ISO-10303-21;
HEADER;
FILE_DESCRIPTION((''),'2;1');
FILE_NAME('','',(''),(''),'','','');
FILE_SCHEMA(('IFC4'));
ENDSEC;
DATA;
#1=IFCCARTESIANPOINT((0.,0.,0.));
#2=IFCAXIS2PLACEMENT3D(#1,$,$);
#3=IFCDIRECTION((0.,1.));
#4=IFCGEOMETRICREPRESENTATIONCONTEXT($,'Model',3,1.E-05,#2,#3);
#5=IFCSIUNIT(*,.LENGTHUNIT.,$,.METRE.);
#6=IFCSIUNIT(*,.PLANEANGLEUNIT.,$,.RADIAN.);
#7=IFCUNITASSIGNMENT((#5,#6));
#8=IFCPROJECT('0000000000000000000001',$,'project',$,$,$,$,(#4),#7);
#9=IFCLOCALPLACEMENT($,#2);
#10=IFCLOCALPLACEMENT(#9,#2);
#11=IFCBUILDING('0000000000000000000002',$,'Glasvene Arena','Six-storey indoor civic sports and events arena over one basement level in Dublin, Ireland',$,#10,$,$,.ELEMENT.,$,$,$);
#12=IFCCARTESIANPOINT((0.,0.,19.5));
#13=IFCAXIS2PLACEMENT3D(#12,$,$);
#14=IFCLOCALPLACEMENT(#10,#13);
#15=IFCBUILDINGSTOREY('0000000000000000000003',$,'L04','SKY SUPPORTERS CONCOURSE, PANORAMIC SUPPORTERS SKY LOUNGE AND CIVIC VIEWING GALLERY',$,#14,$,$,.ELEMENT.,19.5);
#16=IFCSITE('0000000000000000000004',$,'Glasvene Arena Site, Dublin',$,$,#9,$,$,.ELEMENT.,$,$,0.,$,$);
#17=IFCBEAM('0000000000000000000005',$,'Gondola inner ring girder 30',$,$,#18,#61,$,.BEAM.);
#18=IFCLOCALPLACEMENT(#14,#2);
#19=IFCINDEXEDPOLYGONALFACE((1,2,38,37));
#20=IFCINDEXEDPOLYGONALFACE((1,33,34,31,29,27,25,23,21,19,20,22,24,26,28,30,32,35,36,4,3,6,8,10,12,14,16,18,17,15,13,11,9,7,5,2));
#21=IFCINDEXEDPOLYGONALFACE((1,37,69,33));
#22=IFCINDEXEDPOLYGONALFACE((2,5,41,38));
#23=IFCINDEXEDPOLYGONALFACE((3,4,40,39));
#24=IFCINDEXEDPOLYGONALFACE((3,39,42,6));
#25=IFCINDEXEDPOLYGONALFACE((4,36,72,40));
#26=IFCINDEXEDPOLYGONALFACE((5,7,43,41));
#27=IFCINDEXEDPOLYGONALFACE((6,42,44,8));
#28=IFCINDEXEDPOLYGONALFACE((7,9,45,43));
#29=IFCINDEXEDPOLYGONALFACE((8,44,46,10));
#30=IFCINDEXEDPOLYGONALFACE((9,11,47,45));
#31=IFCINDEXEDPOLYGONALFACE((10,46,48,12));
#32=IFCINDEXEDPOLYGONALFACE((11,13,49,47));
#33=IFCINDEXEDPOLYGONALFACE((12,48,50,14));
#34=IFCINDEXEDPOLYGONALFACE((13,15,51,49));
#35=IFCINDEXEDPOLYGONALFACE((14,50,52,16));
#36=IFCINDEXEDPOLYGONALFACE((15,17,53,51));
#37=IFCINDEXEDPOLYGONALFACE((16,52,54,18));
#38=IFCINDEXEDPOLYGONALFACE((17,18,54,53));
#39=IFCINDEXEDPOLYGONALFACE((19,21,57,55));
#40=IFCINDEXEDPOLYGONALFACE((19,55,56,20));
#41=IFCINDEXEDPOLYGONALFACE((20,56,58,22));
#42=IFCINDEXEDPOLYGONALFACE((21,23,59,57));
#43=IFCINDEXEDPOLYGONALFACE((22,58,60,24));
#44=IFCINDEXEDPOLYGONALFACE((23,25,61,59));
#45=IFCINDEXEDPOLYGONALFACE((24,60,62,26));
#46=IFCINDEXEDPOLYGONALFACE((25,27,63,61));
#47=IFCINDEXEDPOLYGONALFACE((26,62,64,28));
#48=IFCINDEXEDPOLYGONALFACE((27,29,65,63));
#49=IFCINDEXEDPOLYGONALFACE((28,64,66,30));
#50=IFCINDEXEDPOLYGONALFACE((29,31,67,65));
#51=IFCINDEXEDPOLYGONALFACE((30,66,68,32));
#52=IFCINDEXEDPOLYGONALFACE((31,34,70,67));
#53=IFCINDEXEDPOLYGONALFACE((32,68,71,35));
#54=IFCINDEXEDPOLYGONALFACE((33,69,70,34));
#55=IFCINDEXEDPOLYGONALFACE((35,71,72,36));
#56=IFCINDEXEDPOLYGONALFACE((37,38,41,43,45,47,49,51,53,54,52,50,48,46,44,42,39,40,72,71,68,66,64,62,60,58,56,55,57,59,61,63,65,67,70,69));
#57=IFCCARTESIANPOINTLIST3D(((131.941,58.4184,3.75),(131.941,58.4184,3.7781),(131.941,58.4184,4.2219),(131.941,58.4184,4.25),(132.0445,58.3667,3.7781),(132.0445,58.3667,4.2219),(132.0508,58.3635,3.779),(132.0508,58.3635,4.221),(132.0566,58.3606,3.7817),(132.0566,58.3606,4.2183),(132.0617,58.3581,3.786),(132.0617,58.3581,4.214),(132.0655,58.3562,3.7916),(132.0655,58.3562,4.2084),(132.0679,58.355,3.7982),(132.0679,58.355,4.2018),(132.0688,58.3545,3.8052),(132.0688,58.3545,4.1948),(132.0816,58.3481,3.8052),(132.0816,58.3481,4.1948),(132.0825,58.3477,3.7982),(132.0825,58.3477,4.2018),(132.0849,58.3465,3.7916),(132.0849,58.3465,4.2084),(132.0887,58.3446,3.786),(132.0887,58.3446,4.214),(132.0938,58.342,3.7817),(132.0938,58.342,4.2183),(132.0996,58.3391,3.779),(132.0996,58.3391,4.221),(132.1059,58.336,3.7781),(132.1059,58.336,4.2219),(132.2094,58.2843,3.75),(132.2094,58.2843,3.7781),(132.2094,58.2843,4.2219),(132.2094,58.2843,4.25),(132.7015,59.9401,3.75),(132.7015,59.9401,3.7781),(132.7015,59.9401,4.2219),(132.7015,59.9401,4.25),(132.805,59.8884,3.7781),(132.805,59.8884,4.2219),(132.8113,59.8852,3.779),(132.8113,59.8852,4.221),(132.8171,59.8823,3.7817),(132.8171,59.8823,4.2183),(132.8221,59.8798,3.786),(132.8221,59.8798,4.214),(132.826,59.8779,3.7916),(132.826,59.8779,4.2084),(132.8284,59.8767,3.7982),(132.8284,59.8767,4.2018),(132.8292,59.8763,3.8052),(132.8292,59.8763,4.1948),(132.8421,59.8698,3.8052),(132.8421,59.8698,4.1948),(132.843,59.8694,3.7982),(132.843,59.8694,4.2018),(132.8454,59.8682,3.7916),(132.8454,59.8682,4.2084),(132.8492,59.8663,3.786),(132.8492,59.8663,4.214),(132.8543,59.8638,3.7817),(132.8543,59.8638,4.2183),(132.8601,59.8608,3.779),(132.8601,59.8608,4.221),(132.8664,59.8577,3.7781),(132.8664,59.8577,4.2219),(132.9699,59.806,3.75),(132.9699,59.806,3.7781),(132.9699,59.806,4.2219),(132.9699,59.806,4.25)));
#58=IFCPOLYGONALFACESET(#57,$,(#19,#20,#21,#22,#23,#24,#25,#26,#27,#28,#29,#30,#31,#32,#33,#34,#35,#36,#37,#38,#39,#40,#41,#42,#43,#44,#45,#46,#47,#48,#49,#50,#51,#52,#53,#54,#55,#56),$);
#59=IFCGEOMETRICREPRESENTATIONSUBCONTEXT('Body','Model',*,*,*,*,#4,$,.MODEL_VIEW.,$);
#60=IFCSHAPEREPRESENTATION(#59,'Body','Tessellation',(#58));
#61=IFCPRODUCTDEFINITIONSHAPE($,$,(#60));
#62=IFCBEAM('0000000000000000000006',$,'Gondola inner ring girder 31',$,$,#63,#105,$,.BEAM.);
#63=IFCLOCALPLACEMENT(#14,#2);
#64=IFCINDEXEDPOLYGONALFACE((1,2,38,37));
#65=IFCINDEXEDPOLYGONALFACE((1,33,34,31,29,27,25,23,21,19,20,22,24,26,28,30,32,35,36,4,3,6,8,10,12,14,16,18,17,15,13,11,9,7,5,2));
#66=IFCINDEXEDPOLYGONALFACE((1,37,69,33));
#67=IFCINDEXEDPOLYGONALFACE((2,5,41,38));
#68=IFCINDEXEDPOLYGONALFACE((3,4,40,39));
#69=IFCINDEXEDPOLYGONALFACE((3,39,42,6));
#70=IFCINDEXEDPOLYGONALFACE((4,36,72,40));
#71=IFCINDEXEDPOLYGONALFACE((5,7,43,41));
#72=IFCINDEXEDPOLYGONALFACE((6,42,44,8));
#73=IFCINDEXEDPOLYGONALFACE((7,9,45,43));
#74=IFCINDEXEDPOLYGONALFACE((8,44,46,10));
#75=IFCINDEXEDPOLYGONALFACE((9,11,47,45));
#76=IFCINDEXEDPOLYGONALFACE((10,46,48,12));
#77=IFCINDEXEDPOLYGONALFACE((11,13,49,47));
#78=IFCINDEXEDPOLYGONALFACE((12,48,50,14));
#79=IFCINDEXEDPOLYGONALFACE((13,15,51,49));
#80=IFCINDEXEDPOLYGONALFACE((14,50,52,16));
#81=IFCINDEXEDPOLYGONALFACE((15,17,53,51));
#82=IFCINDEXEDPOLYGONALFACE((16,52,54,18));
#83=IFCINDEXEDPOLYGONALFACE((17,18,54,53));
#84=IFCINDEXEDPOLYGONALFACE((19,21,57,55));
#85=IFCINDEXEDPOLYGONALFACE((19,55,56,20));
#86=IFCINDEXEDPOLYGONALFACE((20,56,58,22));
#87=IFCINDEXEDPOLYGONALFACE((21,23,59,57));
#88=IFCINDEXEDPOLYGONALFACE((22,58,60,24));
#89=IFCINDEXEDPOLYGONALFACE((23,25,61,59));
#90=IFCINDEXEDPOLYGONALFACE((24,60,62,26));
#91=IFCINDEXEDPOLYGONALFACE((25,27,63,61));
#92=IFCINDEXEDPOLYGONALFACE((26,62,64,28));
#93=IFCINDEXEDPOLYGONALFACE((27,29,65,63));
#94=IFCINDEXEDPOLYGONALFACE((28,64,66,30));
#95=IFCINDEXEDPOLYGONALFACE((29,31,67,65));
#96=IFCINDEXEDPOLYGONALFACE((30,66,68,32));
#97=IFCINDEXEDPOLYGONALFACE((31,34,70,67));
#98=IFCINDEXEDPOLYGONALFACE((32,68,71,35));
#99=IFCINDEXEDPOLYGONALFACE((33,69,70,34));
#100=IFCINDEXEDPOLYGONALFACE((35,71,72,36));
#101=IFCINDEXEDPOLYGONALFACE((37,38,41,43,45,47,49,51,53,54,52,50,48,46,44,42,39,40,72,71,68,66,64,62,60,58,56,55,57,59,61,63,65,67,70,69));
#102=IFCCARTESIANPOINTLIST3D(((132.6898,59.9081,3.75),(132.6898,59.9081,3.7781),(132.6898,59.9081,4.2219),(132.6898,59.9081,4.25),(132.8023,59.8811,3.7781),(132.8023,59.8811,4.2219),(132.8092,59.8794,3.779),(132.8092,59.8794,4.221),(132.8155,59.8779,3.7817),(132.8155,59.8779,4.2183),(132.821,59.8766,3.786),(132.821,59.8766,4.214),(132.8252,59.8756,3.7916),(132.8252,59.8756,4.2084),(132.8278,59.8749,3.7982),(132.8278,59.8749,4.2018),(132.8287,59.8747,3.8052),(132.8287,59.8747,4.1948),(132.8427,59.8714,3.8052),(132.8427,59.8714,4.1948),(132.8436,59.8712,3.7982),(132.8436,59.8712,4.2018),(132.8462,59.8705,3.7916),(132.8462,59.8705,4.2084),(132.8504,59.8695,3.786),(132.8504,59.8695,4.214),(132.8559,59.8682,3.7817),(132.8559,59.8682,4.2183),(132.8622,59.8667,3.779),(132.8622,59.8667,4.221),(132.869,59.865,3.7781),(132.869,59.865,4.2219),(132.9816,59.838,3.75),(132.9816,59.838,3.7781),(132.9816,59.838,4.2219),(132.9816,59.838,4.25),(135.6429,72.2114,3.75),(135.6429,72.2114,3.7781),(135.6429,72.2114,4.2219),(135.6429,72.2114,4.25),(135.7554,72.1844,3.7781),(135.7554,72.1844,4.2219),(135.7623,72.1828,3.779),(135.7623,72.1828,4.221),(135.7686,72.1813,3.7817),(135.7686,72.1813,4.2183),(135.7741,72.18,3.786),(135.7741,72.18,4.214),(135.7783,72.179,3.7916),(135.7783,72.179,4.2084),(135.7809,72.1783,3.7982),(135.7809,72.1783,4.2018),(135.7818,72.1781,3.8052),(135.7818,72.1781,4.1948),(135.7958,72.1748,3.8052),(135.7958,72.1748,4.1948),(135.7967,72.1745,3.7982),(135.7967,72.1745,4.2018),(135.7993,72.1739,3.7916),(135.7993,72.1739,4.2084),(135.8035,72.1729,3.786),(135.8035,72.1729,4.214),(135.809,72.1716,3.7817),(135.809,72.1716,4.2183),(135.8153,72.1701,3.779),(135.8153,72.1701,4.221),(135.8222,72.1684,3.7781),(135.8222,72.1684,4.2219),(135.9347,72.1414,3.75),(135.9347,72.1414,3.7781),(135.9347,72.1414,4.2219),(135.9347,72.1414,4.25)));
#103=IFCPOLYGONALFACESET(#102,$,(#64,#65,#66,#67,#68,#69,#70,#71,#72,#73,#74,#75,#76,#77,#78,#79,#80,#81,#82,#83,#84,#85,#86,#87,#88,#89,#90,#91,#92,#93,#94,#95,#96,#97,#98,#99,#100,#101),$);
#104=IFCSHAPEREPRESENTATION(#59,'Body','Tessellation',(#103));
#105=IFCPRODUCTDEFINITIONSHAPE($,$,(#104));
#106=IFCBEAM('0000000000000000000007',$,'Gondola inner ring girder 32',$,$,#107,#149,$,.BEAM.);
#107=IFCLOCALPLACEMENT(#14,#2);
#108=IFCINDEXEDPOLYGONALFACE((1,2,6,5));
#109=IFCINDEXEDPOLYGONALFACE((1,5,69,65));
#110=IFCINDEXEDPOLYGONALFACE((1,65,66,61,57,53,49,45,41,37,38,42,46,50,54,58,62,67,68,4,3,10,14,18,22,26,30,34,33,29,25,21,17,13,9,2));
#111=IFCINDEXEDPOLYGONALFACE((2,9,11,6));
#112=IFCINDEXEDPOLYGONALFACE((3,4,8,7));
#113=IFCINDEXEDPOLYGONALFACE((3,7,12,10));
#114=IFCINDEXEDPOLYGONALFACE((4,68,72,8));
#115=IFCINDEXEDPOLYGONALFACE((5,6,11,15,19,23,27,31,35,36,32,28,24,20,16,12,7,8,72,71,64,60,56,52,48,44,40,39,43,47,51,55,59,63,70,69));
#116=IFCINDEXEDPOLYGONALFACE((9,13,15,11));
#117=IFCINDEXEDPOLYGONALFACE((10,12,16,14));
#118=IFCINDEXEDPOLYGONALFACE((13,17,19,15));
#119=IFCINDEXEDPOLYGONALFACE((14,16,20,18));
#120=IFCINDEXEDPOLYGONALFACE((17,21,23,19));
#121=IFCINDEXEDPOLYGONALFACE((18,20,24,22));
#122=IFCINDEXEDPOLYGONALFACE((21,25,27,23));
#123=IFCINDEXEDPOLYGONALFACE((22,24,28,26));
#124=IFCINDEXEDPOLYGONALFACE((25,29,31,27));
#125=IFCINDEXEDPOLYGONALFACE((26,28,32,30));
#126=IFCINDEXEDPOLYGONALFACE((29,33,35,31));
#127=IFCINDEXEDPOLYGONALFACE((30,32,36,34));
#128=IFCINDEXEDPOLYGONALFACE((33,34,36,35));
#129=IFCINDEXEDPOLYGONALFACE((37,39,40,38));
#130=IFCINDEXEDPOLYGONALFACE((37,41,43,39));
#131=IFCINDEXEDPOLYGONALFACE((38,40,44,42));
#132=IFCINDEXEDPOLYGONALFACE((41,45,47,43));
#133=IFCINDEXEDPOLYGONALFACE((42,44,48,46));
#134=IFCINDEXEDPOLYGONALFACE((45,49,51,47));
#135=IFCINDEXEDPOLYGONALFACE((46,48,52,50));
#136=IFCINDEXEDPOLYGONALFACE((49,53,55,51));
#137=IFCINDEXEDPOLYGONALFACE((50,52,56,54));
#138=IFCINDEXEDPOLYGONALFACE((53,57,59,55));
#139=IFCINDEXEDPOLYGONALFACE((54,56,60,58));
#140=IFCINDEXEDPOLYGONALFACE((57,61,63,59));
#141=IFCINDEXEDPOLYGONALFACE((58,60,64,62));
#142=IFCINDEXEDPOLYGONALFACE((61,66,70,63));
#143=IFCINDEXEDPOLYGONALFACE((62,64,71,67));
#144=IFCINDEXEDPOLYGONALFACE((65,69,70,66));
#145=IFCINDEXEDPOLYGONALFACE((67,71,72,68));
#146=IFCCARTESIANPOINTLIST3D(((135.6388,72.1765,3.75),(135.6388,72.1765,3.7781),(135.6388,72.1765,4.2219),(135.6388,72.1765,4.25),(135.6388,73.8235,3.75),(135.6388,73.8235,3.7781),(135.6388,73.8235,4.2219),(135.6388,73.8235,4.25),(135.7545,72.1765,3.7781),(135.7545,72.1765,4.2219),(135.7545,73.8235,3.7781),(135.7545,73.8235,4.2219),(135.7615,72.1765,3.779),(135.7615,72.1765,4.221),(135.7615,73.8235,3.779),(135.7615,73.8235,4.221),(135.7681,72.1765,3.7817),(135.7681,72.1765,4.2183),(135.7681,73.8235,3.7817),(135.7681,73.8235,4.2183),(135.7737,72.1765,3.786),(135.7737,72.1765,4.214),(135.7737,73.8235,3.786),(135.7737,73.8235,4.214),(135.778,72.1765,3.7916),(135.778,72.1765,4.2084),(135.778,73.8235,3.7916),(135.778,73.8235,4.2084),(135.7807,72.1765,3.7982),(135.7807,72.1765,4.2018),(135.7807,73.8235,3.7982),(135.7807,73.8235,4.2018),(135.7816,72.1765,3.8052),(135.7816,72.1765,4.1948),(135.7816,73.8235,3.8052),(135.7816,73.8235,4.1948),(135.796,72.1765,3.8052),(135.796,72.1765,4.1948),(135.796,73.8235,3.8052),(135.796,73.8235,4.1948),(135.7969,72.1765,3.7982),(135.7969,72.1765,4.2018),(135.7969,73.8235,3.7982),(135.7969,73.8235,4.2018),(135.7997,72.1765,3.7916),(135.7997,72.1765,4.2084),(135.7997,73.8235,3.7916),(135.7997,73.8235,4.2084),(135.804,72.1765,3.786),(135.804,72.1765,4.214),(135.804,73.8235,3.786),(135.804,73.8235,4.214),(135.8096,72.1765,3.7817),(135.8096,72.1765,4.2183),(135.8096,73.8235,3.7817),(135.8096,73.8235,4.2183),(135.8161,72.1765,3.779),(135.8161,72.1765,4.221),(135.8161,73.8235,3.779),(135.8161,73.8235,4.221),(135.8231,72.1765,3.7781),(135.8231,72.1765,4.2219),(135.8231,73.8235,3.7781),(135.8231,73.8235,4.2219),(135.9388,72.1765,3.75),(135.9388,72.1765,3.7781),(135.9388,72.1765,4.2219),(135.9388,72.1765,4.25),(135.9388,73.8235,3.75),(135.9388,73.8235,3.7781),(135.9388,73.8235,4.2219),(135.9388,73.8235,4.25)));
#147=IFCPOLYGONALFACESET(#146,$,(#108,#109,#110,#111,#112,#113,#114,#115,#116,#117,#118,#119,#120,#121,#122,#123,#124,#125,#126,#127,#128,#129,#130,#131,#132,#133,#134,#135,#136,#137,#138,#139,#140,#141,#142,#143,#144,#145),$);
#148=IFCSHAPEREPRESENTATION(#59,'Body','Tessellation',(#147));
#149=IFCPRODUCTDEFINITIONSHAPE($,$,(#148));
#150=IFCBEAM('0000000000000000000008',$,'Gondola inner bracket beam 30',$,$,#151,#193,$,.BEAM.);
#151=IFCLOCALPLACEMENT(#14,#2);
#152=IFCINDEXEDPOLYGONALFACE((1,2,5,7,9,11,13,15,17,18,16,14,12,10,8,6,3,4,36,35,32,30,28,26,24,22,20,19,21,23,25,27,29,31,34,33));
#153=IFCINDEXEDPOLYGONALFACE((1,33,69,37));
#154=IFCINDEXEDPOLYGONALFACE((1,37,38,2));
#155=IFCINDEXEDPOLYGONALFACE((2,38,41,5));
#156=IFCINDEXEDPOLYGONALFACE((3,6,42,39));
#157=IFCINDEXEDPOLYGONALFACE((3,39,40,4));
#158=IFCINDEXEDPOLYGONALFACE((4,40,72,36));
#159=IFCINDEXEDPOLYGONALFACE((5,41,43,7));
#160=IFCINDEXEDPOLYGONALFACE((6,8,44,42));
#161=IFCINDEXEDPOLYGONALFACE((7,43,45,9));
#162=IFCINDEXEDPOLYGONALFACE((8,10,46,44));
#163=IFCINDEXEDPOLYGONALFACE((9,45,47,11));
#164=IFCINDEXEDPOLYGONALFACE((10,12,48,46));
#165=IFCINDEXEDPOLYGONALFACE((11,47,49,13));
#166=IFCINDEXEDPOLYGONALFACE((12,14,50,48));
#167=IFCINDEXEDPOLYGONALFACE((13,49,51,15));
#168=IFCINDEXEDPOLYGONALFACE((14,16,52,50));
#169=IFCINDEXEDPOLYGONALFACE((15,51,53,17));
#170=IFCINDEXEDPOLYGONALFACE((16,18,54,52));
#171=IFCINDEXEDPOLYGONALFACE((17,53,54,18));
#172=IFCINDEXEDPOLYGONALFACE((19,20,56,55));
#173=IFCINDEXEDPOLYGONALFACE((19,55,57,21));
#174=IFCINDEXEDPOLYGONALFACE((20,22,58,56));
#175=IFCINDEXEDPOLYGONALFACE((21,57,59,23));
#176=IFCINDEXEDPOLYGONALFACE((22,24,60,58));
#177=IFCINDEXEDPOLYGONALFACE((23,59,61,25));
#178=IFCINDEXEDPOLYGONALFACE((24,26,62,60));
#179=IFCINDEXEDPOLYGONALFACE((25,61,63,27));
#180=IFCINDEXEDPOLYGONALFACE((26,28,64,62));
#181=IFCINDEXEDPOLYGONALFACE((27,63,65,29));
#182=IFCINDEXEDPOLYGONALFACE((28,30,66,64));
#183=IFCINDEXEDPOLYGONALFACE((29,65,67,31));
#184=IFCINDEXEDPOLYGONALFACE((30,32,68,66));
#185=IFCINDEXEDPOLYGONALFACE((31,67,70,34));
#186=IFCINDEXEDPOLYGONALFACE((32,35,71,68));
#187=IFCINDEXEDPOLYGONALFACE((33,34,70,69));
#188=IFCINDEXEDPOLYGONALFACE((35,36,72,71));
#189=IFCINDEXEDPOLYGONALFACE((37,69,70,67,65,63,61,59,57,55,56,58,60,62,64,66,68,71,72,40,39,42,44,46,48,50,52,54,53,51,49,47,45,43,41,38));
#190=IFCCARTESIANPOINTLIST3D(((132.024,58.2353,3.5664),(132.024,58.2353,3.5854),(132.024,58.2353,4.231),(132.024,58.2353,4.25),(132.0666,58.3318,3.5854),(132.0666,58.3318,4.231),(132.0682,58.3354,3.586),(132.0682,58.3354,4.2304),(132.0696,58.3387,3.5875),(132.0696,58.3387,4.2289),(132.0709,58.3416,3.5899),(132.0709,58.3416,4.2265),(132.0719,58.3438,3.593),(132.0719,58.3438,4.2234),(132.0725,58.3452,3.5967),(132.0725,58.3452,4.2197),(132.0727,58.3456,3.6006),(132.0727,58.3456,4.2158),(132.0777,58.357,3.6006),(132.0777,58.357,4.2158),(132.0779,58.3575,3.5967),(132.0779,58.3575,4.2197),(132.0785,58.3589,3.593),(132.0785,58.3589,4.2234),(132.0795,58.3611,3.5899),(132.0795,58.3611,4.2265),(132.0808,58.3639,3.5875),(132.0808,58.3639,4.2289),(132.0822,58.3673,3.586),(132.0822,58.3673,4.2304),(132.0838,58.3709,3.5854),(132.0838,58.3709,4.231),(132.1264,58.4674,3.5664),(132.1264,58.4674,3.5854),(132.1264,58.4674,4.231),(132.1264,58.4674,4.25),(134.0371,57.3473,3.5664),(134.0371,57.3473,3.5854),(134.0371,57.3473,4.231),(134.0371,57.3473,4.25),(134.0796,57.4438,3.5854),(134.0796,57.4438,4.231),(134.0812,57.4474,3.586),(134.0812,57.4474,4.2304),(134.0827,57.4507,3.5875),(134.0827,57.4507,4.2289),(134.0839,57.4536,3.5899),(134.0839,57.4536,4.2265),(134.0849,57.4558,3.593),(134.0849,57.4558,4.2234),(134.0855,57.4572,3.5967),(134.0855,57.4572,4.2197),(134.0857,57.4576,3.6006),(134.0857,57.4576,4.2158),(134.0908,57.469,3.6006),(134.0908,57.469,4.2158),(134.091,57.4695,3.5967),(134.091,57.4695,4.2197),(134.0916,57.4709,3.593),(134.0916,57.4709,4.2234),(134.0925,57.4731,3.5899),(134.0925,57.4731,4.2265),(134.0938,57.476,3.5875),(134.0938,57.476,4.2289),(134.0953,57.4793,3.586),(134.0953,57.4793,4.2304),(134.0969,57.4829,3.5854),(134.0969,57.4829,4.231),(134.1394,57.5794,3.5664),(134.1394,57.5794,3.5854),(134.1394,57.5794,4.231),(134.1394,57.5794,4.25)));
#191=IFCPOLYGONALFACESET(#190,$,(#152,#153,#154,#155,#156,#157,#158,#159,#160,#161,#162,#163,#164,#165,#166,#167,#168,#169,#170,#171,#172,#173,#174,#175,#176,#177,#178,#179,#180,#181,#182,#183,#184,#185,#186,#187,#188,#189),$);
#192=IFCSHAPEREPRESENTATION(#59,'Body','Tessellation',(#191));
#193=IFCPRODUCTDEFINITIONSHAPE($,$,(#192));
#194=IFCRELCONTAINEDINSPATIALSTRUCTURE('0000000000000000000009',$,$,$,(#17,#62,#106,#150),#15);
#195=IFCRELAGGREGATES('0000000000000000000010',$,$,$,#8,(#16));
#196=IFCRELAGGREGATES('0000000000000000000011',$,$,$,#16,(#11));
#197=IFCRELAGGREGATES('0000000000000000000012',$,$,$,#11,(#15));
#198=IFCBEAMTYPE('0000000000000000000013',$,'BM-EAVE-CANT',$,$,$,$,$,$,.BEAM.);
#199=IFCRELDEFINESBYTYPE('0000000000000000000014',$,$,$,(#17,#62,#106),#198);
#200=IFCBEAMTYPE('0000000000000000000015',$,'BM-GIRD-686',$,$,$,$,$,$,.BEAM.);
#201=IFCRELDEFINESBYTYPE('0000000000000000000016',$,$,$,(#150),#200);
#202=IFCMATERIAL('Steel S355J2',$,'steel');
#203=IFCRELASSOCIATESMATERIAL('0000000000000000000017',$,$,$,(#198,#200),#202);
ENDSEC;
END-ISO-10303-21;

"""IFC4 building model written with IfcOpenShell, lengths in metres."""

from ifc_helpers import new_model, si_unit, direction, frame, origin, origin_2d, place, context, subcontext, project, spatial, i_section, extrude, material, material_profile, profile_set, type_object, element, save


model = new_model("IFC4")

# Units and contexts
model_context = context("Model", 3, precision=1e-05, world=origin(), true_north=direction((0.0, 1.0)))
body_context = subcontext(model_context, "Body", "Model", "MODEL_VIEW")
ifc_project = project(units=[si_unit("LENGTHUNIT", "METRE"), si_unit("PLANEANGLEUNIT", "RADIAN")], contexts=[model_context])

# Site, building, storey
site_placement = place(None, origin())
site = spatial("IfcSite", under=ifc_project, at=site_placement, Name="Glasvene Arena Site, Dublin", CompositionType="ELEMENT", RefElevation=0.0)
building_placement = place(site_placement, origin())
building = spatial("IfcBuilding", under=site, at=building_placement, Name="Glasvene Arena", Description="Six-storey indoor civic sports and events arena over one basement level in Dublin, Ireland", CompositionType="ELEMENT")
storey_placement = place(building_placement, frame((0.0, 0.0, 19.5)))
storey = spatial("IfcBuildingStorey", under=building, at=storey_placement, Name="L04", Description="SKY SUPPORTERS CONCOURSE, PANORAMIC SUPPORTERS SKY LOUNGE AND CIVIC VIEWING GALLERY", CompositionType="ELEMENT", Elevation=19.5)

# Shared definitions
ifc_material_1 = material(Name="Steel S355J2", Category="steel")

# Beams
ifc_material_profile_1 = material_profile(ifc_material_1, i_section(OverallWidth=0.3, OverallDepth=0.5, WebThickness=0.0144, FlangeThickness=0.0281, FilletRadius=0.0271, at=origin_2d()), Name="HEB 500")
ifc_profile_set_1 = profile_set([ifc_material_profile_1], Name="Steel S355J2")
beam_type_1 = type_object("IfcBeamType", Name="BM-EAVE-CANT", PredefinedType="BEAM", material=ifc_profile_set_1)
beam_1_placement = place(storey_placement, frame((132.0752, 58.3513, 4.0), z_axis=(0.447041, 0.894513, 0.0), x_axis=(-0.894513, 0.447041, 0.0)))
element("IfcBeam", 1, at=beam_1_placement, inside=storey, type_object=beam_type_1, Name="Gondola inner ring girder 30", PredefinedType="BEAM", context=body_context, shape_type="SweptSolid", body=[
    extrude(i_section(OverallWidth=0.3, OverallDepth=0.5, WebThickness=0.0144, FlangeThickness=0.0281, FilletRadius=0.0271, at=origin_2d()), origin(), (0.0, 0.0, 1.0), 1.7012),
])
beam_2_placement = place(storey_placement, frame((132.8357, 59.873, 4.0), z_axis=(0.233395, 0.972382, 0.0), x_axis=(-0.972382, 0.233395, 0.0)))
element("IfcBeam", 2, at=beam_2_placement, inside=storey, type_object=beam_type_1, Name="Gondola inner ring girder 31", PredefinedType="BEAM", context=body_context, shape_type="SweptSolid", body=[
    extrude(i_section(OverallWidth=0.3, OverallDepth=0.5, WebThickness=0.0144, FlangeThickness=0.0281, FilletRadius=0.0271, at=origin_2d()), origin(), (0.0, 0.0, 1.0), 12.6528),
])
beam_3_placement = place(storey_placement, frame((135.7888, 72.1765, 4.0), z_axis=(0.0, 1.0, 0.0), x_axis=(-1.0, 0.0, 0.0)))
element("IfcBeam", 3, at=beam_3_placement, inside=storey, type_object=beam_type_1, Name="Gondola inner ring girder 32", PredefinedType="BEAM", context=body_context, shape_type="SweptSolid", body=[
    extrude(i_section(OverallWidth=0.3, OverallDepth=0.5, WebThickness=0.0144, FlangeThickness=0.0281, FilletRadius=0.0271, at=origin_2d()), origin(), (0.0, 0.0, 1.0), 1.647),
])
ifc_material_profile_2 = material_profile(ifc_material_1, i_section(OverallWidth=0.2537, OverallDepth=0.6836, WebThickness=0.0125, FlangeThickness=0.019, FilletRadius=0.0151, at=origin_2d()), Name="UKB 686x254x140")
ifc_profile_set_2 = profile_set([ifc_material_profile_2], Name="Steel S355J2")
beam_type_2 = type_object("IfcBeamType", Name="BM-GIRD-686", PredefinedType="BEAM", material=ifc_profile_set_2)
beam_4_placement = place(storey_placement, frame((132.0752, 58.3513, 3.9082), z_axis=(0.914938, -0.403594, 0.0), x_axis=(0.403594, 0.914938, 0.0)))
element("IfcBeam", 4, at=beam_4_placement, inside=storey, type_object=beam_type_2, Name="Gondola inner bracket beam 30", PredefinedType="BEAM", context=body_context, shape_type="SweptSolid", body=[
    extrude(i_section(OverallWidth=0.2537, OverallDepth=0.6836, WebThickness=0.0125, FlangeThickness=0.019, FilletRadius=0.0151, at=origin_2d()), origin(), (0.0, 0.0, 1.0), 2.2002),
])

save(model, "model.ifc")
